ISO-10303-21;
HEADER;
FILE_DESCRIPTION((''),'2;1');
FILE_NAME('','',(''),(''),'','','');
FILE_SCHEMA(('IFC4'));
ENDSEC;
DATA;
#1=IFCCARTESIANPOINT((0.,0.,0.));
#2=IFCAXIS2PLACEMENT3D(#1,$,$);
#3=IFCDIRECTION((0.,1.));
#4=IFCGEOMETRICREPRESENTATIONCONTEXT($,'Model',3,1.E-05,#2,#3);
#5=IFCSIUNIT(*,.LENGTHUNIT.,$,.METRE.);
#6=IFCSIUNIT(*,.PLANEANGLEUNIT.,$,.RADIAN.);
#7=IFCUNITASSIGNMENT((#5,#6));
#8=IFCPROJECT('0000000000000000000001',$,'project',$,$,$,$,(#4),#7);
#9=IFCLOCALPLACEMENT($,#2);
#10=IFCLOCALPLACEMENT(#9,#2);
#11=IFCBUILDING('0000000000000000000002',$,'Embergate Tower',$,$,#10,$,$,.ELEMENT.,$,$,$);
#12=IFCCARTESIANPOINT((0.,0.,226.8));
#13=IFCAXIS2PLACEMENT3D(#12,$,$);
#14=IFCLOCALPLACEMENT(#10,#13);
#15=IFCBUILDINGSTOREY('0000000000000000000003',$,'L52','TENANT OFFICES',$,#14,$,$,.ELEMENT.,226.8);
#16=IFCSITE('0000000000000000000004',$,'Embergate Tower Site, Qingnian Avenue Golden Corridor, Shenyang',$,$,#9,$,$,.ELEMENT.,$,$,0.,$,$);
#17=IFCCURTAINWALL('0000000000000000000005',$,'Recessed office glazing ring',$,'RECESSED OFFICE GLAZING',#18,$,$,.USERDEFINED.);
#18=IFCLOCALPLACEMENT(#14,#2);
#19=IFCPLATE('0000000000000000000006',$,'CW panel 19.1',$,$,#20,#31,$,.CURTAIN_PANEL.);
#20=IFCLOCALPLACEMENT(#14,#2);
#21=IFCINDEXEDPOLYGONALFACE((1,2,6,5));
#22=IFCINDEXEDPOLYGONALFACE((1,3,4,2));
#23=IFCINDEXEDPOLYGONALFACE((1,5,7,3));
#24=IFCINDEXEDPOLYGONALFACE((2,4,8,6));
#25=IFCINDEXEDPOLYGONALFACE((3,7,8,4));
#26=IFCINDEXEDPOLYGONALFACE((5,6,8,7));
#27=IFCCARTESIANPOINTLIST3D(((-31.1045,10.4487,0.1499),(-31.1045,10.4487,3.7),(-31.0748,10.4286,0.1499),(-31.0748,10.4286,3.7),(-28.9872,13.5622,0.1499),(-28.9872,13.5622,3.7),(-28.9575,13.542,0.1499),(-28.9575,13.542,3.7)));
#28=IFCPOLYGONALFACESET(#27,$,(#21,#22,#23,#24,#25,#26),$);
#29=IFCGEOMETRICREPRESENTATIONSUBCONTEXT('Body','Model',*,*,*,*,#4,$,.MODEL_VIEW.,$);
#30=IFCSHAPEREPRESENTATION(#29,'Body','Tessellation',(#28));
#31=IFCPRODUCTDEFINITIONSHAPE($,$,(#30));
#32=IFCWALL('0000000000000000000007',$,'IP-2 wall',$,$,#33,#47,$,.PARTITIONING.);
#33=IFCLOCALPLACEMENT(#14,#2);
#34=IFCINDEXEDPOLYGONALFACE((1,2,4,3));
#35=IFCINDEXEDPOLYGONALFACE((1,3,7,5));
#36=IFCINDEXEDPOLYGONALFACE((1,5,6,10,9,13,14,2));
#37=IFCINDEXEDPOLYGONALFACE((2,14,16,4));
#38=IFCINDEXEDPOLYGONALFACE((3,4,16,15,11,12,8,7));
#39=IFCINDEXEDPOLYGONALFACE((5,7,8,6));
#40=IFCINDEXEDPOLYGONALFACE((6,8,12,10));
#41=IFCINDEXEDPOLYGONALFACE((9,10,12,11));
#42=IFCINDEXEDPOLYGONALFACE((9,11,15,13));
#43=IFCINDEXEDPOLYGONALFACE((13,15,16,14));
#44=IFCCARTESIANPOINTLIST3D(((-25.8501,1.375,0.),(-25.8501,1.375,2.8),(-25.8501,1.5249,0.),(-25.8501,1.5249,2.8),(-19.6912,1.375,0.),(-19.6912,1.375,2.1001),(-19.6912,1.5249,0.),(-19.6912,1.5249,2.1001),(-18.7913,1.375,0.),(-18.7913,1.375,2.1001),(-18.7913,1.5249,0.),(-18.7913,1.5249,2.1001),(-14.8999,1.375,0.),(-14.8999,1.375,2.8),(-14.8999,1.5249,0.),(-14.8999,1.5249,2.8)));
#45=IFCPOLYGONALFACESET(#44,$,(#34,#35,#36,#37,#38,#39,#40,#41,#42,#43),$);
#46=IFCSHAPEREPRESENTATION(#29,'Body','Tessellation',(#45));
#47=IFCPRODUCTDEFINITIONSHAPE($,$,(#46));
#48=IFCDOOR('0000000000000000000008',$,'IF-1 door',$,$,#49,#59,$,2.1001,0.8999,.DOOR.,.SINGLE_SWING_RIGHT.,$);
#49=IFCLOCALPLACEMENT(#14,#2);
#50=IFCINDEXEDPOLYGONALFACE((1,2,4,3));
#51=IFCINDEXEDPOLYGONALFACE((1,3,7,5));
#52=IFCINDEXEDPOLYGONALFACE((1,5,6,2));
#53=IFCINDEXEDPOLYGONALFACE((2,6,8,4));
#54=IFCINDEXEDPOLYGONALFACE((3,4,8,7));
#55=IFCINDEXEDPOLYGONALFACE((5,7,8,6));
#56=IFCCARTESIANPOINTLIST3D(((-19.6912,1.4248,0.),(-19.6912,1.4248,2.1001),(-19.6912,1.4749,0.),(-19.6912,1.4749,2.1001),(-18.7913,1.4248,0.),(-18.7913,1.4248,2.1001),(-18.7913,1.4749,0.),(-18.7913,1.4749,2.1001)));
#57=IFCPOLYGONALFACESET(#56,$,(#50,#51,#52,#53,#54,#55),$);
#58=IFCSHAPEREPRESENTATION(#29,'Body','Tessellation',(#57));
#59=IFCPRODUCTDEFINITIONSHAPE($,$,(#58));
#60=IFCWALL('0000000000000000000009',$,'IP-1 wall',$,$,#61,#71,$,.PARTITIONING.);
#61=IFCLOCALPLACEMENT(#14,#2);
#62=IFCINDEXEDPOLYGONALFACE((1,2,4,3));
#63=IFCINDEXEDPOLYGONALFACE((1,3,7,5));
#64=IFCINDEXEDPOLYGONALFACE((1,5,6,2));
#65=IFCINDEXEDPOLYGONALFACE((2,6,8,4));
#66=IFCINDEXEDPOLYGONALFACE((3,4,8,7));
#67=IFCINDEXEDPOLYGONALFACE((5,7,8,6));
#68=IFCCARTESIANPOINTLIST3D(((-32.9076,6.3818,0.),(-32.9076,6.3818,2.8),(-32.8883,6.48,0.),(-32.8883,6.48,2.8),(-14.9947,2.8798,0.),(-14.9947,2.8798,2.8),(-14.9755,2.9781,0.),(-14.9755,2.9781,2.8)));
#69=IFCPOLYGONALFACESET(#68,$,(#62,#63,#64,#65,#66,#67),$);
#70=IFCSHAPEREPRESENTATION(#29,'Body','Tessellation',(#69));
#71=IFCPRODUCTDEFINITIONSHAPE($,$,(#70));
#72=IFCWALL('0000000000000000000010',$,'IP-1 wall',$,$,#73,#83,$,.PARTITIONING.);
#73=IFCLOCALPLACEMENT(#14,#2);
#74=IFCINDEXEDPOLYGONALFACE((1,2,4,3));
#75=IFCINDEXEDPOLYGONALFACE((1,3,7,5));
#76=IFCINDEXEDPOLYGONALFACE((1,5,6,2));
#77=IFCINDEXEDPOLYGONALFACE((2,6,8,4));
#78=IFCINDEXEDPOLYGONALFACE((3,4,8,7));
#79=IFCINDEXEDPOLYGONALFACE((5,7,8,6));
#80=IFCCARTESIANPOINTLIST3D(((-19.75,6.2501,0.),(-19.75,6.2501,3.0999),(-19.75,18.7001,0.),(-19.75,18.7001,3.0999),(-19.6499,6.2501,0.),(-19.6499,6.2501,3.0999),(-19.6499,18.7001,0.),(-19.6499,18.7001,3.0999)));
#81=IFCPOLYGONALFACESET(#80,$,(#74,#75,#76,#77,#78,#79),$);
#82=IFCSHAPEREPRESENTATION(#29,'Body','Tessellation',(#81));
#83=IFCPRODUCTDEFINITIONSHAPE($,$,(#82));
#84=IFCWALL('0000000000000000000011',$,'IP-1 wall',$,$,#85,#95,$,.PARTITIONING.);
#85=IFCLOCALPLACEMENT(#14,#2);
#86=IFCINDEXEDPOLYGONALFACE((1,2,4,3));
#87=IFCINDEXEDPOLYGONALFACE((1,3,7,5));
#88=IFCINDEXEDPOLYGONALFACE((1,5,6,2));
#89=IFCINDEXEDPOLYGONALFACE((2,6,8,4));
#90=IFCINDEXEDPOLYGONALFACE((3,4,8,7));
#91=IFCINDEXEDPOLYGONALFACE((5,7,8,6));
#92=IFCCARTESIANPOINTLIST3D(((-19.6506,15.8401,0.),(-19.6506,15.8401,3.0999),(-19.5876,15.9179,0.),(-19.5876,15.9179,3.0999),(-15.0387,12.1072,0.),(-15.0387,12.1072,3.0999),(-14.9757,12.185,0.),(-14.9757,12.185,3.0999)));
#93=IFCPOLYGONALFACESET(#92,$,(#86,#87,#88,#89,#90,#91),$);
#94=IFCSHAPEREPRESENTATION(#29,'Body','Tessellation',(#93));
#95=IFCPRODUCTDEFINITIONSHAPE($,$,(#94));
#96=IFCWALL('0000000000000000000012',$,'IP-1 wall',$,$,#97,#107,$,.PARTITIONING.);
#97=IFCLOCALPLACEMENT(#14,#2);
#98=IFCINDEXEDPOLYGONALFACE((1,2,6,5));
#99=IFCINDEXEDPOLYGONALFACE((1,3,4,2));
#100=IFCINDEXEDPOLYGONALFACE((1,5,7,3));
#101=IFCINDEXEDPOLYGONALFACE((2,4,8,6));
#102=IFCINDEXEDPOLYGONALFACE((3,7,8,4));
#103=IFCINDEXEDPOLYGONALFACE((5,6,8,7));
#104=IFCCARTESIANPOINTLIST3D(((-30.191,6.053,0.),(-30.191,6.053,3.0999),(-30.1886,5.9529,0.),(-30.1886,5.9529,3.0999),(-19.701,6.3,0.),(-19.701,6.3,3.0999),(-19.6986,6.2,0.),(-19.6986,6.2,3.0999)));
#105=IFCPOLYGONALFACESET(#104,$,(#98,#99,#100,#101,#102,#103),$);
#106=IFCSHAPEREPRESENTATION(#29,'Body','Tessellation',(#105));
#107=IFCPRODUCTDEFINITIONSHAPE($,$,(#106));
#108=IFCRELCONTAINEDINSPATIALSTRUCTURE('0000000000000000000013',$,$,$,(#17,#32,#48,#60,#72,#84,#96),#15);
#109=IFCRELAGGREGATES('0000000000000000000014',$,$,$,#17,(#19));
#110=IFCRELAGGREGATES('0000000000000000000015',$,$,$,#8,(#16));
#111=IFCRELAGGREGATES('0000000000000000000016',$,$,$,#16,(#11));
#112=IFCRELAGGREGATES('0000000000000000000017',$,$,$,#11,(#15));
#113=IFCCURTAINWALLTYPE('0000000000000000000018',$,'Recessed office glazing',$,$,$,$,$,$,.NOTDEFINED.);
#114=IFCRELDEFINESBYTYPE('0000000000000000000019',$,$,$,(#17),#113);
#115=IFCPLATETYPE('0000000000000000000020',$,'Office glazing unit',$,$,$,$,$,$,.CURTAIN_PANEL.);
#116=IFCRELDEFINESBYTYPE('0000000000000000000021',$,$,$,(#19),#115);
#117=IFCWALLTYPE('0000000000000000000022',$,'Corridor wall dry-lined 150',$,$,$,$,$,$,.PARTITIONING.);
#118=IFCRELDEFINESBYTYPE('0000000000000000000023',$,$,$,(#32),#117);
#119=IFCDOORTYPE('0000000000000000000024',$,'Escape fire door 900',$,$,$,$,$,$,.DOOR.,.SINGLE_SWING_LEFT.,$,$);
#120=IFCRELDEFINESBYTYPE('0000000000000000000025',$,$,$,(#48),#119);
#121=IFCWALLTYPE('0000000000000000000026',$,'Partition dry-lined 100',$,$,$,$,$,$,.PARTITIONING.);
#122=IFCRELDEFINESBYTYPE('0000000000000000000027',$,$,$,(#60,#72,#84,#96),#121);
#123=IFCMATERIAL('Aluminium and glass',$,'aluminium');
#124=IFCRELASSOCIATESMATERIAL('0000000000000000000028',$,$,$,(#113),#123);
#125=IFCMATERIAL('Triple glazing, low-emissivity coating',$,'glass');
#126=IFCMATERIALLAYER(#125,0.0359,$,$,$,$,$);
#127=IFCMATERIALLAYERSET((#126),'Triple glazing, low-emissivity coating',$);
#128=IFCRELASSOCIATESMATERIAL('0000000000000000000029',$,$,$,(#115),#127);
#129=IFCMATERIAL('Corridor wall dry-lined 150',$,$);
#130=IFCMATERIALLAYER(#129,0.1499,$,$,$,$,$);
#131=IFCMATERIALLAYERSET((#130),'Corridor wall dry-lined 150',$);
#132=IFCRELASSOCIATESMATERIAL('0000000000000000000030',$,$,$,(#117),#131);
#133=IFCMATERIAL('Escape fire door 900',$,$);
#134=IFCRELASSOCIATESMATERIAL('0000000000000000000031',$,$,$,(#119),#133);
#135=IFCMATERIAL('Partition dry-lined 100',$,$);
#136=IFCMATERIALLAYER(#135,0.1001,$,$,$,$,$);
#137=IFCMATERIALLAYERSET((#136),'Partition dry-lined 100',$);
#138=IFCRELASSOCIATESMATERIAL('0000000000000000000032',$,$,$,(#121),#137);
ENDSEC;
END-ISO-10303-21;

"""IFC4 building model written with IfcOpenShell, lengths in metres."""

from ifc_helpers import new_model, si_unit, direction, frame, frame_2d, origin, origin_2d, place, context, subcontext, project, spatial, rectangle, extrude, source, transform, mapped, material, layer, layer_set, type_object, element, fill, aggregate, save


model = new_model("IFC4")

# Units and contexts
model_context = context("Model", 3, precision=1e-05, world=origin(), true_north=direction((0.0, 1.0)))
body_context = subcontext(model_context, "Body", "Model", "MODEL_VIEW")
ifc_project = project(units=[si_unit("LENGTHUNIT", "METRE"), si_unit("PLANEANGLEUNIT", "RADIAN")], contexts=[model_context])

# Site, building, storey
site_placement = place(None, origin())
site = spatial("IfcSite", under=ifc_project, at=site_placement, Name="Embergate Tower Site, Qingnian Avenue Golden Corridor, Shenyang", CompositionType="ELEMENT", RefElevation=0.0)
building_placement = place(site_placement, origin())
building = spatial("IfcBuilding", under=site, at=building_placement, Name="Embergate Tower", CompositionType="ELEMENT")
storey_placement = place(building_placement, frame((0.0, 0.0, 226.8)))
storey = spatial("IfcBuildingStorey", under=building, at=storey_placement, Name="L52", Description="TENANT OFFICES", CompositionType="ELEMENT", Elevation=226.8)

# Curtain wall, plate
ifc_material_1 = material(Name="Aluminium and glass", Category="aluminium")
curtain_wall_type = type_object("IfcCurtainWallType", Name="Recessed office glazing", PredefinedType="NOTDEFINED", material=ifc_material_1)
curtain_wall_placement = place(storey_placement, origin())
curtain_wall = element("IfcCurtainWall", 1, at=curtain_wall_placement, inside=storey, type_object=curtain_wall_type, Name="Recessed office glazing ring", ObjectType="RECESSED OFFICE GLAZING", PredefinedType="USERDEFINED")
ifc_material_2 = material(Name="Triple glazing, low-emissivity coating", Category="glass")
ifc_layer_1 = layer(ifc_material_2, 0.0359)
ifc_layer_set_1 = layer_set([ifc_layer_1], Name="Triple glazing, low-emissivity coating")
plate_type = type_object("IfcPlateType", Name="Office glazing unit", PredefinedType="CURTAIN_PANEL", material=ifc_layer_set_1)
shared_shape_1 = source(origin(), body_context, "Body", "SweptSolid", [
    extrude(rectangle(XDim=3.7651, YDim=0.0359, at=origin_2d()), origin(), (0.0, 0.0, 1.0), 3.55),
])
plate_1_placement = place(storey_placement, frame((-30.031, 11.9954, 0.1499), z_axis=(0.0, 0.0, 1.0), x_axis=(-0.562339, -0.826907, 0.0)))
plate_1 = element("IfcPlate", 2, at=plate_1_placement, type_object=plate_type, Name="CW panel 19.1", PredefinedType="CURTAIN_PANEL", context=body_context, shape_type="MappedRepresentation", body=[
    mapped(shared_shape_1, transform((0.0, 0.0, 0.0))),
])
aggregate(curtain_wall, [plate_1])

# Wall, opening, door
ifc_material_3 = material(Name="Corridor wall dry-lined 150")
ifc_layer_2 = layer(ifc_material_3, 0.1499)
ifc_layer_set_2 = layer_set([ifc_layer_2], Name="Corridor wall dry-lined 150")
wall_type_1 = type_object("IfcWallType", Name="Corridor wall dry-lined 150", PredefinedType="PARTITIONING", material=ifc_layer_set_2)
shared_shape_2 = source(origin(), body_context, "Body", "SweptSolid", [
    extrude(rectangle(XDim=10.9502, YDim=0.1499, at=frame_2d((5.4751, 0.0))), origin(), (0.0, 0.0, 1.0), 2.8),
])
wall_1_placement = place(storey_placement, frame((-25.8501, 1.45, 0.0), z_axis=(0.0, 0.0, 1.0), x_axis=(1.0, 0.0, 0.0)))
wall_1 = element("IfcWall", 3, at=wall_1_placement, inside=storey, type_object=wall_type_1, Name="IP-2 wall", PredefinedType="PARTITIONING", context=body_context, shape_type="MappedRepresentation", body=[
    mapped(shared_shape_2, transform((0.0, 0.0, 0.0))),
])
shared_shape_3 = source(origin(), body_context, "Body", "SweptSolid", [
    extrude(rectangle(XDim=0.8999, YDim=2.1001, at=frame_2d((0.45, 1.05))), frame((0.0, 0.085, 0.0), z_axis=(0.0, -1.0, 0.0), x_axis=(1.0, 0.0, 0.0)), (0.0, 0.0, 1.0), 0.1699),
])
opening_placement = place(wall_1_placement, frame((6.1589, 0.0, 0.0)))
opening = element("IfcOpeningElement", 4, at=opening_placement, cuts=wall_1, PredefinedType="OPENING", context=body_context, shape_type="MappedRepresentation", body=[
    mapped(shared_shape_3, transform((0.0, 0.0, 0.0))),
])
ifc_material_4 = material(Name="Escape fire door 900")
door_type = type_object("IfcDoorType", Name="Escape fire door 900", OperationType="SINGLE_SWING_LEFT", PredefinedType="DOOR", material=ifc_material_4)
shared_shape_4 = source(origin(), body_context, "Body", "SweptSolid", [
    extrude(rectangle(XDim=0.8999, YDim=2.1001, at=frame_2d((0.45, 1.05))), frame((0.0, 0.0249, 0.0), z_axis=(0.0, -1.0, 0.0), x_axis=(1.0, 0.0, 0.0)), (0.0, 0.0, 1.0), 0.05),
])
door_placement = place(opening_placement, origin())
door = element("IfcDoor", 5, at=door_placement, inside=storey, type_object=door_type, Name="IF-1 door", OperationType="SINGLE_SWING_RIGHT", OverallHeight=2.1001, OverallWidth=0.8999, PredefinedType="DOOR", context=body_context, shape_type="MappedRepresentation", body=[
    mapped(shared_shape_4, transform((0.0, 0.0, 0.0))),
])
fill(opening, door)

# Walls
ifc_material_5 = material(Name="Partition dry-lined 100")
ifc_layer_3 = layer(ifc_material_5, 0.1001)
ifc_layer_set_3 = layer_set([ifc_layer_3], Name="Partition dry-lined 100")
wall_type_2 = type_object("IfcWallType", Name="Partition dry-lined 100", PredefinedType="PARTITIONING", material=ifc_layer_set_3)
shared_shape_5 = source(origin(), body_context, "Body", "SweptSolid", [
    extrude(rectangle(XDim=18.252, YDim=0.1001, at=frame_2d((9.126, 0.0))), origin(), (0.0, 0.0, 1.0), 2.8),
])
wall_2_placement = place(storey_placement, frame((-32.8979, 6.4309, 0.0), z_axis=(0.0, 0.0, 1.0), x_axis=(0.981421, -0.191867, 0.0)))
element("IfcWall", 6, at=wall_2_placement, inside=storey, type_object=wall_type_2, Name="IP-1 wall", PredefinedType="PARTITIONING", context=body_context, shape_type="MappedRepresentation", body=[
    mapped(shared_shape_5, transform((0.0, 0.0, 0.0))),
])
shared_shape_6 = source(origin(), body_context, "Body", "SweptSolid", [
    extrude(rectangle(XDim=12.45, YDim=0.1001, at=frame_2d((6.2251, 0.0))), origin(), (0.0, 0.0, 1.0), 3.0999),
])
wall_3_placement = place(storey_placement, frame((-19.7, 6.25, 0.0), z_axis=(0.0, 0.0, 1.0), x_axis=(0.0, 1.0, 0.0)))
element("IfcWall", 7, at=wall_3_placement, inside=storey, type_object=wall_type_2, Name="IP-1 wall", PredefinedType="PARTITIONING", context=body_context, shape_type="MappedRepresentation", body=[
    mapped(shared_shape_6, transform((0.0, 0.0, 0.0))),
])
shared_shape_7 = source(origin(), body_context, "Body", "SweptSolid", [
    extrude(rectangle(XDim=5.9333, YDim=0.1001, at=frame_2d((2.9668, 0.0))), origin(), (0.0, 0.0, 1.0), 3.0999),
])
wall_4_placement = place(storey_placement, frame((-15.0071, 12.146, 0.0), z_axis=(0.0, 0.0, 1.0), x_axis=(-0.777283, 0.629151, 0.0)))
element("IfcWall", 8, at=wall_4_placement, inside=storey, type_object=wall_type_2, Name="IP-1 wall", PredefinedType="PARTITIONING", context=body_context, shape_type="MappedRepresentation", body=[
    mapped(shared_shape_7, transform((0.0, 0.0, 0.0))),
])
shared_shape_8 = source(origin(), body_context, "Body", "SweptSolid", [
    extrude(rectangle(XDim=10.4929, YDim=0.1001, at=frame_2d((5.2466, 0.0))), origin(), (0.0, 0.0, 1.0), 3.0999),
])
wall_5_placement = place(storey_placement, frame((-30.1899, 6.0029, 0.0), z_axis=(0.0, 0.0, 1.0), x_axis=(0.999723, 0.023546, 0.0)))
element("IfcWall", 9, at=wall_5_placement, inside=storey, type_object=wall_type_2, Name="IP-1 wall", PredefinedType="PARTITIONING", context=body_context, shape_type="MappedRepresentation", body=[
    mapped(shared_shape_8, transform((0.0, 0.0, 0.0))),
])

save(model, "model.ifc")
